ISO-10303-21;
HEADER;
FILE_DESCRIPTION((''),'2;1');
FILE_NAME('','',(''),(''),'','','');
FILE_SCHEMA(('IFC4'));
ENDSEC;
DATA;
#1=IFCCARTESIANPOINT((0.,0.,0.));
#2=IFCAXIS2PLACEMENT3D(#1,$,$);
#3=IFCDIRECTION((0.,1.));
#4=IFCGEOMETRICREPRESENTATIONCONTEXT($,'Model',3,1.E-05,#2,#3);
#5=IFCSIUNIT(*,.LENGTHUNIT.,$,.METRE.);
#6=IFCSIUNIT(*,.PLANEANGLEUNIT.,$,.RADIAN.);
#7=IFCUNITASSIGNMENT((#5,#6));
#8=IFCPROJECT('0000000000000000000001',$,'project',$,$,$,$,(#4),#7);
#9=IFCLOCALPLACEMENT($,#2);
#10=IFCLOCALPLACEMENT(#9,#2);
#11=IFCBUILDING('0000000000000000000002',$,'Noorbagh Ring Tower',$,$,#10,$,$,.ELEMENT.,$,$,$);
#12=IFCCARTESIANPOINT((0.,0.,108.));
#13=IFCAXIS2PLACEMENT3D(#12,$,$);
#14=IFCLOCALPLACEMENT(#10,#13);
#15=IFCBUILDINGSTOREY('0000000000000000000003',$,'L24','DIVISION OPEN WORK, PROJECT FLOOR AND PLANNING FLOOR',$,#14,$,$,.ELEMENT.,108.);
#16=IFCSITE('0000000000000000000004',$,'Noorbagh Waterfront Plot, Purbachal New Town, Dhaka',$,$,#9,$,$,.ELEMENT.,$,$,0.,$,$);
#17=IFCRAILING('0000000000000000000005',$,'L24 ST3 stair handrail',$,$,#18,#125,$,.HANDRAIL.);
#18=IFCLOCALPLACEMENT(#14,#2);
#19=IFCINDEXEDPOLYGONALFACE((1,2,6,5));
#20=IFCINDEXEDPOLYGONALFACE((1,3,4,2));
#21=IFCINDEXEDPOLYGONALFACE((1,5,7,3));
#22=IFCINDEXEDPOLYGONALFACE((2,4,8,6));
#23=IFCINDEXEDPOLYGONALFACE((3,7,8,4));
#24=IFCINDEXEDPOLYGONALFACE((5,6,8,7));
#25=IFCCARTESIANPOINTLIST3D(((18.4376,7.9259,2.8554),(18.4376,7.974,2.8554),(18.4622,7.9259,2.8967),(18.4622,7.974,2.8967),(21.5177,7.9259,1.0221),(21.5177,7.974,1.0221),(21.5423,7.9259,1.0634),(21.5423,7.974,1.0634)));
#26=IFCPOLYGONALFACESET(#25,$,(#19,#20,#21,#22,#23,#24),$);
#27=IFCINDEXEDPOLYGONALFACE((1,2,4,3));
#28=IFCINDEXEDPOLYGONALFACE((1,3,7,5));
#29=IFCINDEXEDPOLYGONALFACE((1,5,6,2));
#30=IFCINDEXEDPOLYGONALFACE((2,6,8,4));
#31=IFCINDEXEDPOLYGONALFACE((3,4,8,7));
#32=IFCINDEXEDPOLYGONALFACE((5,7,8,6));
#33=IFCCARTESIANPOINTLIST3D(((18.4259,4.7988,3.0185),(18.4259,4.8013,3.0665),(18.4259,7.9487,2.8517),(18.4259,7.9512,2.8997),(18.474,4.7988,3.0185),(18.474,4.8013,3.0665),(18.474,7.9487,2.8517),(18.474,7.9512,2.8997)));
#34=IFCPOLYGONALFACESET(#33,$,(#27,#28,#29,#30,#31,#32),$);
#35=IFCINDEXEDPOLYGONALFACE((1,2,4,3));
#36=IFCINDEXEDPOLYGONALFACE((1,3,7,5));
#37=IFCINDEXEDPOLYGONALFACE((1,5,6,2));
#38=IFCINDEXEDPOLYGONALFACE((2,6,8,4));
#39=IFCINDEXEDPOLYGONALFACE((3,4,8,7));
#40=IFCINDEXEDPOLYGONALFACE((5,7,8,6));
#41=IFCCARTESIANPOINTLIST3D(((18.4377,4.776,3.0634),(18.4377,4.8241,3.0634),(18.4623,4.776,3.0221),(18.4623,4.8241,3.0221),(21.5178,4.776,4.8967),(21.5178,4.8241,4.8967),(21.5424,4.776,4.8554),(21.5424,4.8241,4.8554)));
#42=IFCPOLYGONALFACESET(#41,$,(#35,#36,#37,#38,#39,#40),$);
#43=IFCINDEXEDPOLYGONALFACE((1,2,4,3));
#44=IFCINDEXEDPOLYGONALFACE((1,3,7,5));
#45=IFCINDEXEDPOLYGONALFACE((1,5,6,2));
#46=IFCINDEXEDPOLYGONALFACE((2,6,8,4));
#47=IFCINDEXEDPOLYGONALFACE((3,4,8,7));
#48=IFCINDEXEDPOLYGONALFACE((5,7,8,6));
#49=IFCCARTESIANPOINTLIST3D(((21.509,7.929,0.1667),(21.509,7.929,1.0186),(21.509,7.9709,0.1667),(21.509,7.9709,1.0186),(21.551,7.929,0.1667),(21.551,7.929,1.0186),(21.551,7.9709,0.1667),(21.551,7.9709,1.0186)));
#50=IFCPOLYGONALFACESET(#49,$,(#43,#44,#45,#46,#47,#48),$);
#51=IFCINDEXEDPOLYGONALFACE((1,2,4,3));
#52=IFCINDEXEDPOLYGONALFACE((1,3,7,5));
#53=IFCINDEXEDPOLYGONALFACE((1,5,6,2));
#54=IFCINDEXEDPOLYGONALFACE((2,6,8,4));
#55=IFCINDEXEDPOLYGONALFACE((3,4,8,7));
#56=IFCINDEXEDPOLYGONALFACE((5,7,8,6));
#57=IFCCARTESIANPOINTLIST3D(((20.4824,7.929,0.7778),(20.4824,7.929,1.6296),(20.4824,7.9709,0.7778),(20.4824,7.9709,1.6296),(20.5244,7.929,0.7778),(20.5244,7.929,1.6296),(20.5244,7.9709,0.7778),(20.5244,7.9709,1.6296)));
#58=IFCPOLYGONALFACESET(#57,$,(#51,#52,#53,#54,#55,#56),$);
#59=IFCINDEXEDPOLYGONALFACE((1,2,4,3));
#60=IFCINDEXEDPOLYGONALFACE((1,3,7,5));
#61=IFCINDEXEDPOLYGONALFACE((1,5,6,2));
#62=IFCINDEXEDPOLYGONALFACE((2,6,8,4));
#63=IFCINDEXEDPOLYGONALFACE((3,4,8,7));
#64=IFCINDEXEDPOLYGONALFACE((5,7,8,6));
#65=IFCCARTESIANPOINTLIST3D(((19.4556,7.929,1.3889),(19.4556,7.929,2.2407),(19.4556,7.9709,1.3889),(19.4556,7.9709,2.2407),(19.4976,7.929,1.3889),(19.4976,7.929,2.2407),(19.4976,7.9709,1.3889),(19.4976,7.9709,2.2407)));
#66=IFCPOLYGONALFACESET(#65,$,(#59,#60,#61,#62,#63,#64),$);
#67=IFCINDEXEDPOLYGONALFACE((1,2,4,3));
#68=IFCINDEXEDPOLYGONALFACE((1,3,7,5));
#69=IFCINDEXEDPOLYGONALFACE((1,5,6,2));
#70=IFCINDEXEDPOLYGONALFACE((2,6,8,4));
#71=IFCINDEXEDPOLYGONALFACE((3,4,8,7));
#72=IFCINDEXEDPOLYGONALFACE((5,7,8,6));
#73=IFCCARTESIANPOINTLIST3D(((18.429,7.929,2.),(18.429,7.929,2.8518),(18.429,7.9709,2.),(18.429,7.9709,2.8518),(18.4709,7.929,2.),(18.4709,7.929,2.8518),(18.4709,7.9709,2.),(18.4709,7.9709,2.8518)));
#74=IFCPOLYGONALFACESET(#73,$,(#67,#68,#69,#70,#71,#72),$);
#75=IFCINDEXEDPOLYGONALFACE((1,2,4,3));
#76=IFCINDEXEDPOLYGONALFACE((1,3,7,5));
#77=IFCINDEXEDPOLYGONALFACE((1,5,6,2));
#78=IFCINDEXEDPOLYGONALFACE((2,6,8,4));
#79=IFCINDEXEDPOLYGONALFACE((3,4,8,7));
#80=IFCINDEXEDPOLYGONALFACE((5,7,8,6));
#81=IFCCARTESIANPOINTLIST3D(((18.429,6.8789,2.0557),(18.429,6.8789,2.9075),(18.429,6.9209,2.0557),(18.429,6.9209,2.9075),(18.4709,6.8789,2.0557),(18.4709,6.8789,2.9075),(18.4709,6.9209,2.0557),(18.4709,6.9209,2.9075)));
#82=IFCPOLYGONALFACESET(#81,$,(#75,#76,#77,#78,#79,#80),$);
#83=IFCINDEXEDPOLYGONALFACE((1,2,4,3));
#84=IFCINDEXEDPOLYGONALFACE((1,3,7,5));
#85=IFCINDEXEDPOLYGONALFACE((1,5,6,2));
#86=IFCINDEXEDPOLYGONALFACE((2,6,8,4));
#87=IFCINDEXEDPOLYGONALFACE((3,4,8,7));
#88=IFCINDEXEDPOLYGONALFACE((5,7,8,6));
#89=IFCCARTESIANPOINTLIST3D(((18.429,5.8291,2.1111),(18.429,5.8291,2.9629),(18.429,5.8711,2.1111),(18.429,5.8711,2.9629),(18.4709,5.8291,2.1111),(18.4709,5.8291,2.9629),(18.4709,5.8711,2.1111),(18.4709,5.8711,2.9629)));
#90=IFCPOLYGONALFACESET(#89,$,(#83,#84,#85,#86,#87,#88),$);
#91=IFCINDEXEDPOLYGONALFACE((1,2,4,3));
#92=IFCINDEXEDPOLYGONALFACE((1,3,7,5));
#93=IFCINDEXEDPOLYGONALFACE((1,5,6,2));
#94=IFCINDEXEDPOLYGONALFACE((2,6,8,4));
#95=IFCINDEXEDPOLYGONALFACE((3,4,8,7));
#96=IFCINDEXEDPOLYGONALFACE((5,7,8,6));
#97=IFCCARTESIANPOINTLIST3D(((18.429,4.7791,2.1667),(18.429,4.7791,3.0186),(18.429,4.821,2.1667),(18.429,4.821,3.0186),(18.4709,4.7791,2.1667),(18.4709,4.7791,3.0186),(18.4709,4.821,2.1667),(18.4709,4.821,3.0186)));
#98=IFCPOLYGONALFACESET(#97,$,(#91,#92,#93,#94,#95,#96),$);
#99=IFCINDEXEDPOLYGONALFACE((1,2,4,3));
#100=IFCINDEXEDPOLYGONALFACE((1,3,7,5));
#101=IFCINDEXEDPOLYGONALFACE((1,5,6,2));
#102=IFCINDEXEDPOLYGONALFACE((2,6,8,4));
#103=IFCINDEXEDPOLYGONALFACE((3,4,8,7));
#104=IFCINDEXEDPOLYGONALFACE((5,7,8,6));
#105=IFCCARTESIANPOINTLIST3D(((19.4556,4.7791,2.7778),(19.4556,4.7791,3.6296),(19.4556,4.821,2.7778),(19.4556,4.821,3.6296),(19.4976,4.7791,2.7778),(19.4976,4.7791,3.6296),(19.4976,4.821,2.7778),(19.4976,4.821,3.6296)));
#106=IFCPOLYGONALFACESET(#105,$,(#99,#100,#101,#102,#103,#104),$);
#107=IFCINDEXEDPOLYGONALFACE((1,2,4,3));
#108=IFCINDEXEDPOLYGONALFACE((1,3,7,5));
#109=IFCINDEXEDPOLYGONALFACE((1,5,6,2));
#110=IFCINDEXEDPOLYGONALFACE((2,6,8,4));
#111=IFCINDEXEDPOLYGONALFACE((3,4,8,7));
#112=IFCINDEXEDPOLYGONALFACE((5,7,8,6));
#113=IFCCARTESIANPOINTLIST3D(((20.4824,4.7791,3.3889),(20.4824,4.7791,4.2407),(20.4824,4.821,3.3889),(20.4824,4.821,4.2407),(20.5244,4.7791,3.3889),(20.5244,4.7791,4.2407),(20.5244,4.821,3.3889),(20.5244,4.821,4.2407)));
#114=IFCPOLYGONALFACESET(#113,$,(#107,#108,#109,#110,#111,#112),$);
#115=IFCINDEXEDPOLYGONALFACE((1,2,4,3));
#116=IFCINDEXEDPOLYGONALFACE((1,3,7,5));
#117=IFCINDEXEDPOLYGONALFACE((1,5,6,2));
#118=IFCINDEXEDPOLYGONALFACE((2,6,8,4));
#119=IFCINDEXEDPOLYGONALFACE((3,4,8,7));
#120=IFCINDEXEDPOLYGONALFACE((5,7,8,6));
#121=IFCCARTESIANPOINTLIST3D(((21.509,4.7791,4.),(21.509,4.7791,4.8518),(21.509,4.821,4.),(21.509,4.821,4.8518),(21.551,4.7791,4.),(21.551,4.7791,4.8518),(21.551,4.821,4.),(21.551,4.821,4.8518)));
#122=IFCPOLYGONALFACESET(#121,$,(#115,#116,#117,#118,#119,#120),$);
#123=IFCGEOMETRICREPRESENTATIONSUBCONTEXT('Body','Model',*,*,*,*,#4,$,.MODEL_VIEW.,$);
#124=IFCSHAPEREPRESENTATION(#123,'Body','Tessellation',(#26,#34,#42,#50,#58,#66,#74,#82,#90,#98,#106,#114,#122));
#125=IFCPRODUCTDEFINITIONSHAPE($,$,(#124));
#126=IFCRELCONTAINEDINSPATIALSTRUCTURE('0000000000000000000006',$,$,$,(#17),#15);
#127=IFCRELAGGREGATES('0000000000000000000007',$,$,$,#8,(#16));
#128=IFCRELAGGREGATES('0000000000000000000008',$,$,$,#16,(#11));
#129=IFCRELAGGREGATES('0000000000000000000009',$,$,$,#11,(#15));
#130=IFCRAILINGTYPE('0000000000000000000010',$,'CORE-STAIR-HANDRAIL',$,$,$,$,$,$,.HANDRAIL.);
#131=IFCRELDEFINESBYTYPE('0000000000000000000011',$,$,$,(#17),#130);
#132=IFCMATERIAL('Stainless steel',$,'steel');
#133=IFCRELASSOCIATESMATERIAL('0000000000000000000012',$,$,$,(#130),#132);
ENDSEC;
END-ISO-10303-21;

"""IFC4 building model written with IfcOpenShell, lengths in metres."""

from ifc_helpers import new_model, si_unit, direction, frame, origin, origin_2d, place, context, subcontext, project, spatial, rectangle, extrude, material, type_object, element, save


model = new_model("IFC4")

# Units and contexts
model_context = context("Model", 3, precision=1e-05, world=origin(), true_north=direction((0.0, 1.0)))
body_context = subcontext(model_context, "Body", "Model", "MODEL_VIEW")
ifc_project = project(units=[si_unit("LENGTHUNIT", "METRE"), si_unit("PLANEANGLEUNIT", "RADIAN")], contexts=[model_context])

# Site, building, storey
site_placement = place(None, origin())
site = spatial("IfcSite", under=ifc_project, at=site_placement, Name="Noorbagh Waterfront Plot, Purbachal New Town, Dhaka", CompositionType="ELEMENT", RefElevation=0.0)
building_placement = place(site_placement, origin())
building = spatial("IfcBuilding", under=site, at=building_placement, Name="Noorbagh Ring Tower", CompositionType="ELEMENT")
storey_placement = place(building_placement, frame((0.0, 0.0, 108.0)))
storey = spatial("IfcBuildingStorey", under=building, at=storey_placement, Name="L24", Description="DIVISION OPEN WORK, PROJECT FLOOR AND PLANNING FLOOR", CompositionType="ELEMENT", Elevation=108.0)

# Railing
ifc_material_1 = material(Name="Stainless steel", Category="steel")
railing_type_1 = type_object("IfcRailingType", Name="CORE-STAIR-HANDRAIL", PredefinedType="HANDRAIL", material=ifc_material_1)
railing_1_placement = place(storey_placement, frame((21.53, 7.95, 0.1667)))
element("IfcRailing", 1, at=railing_1_placement, inside=storey, type_object=railing_type_1, Name="L24 ST3 stair handrail", PredefinedType="HANDRAIL", context=body_context, shape_type="SweptSolid", body=[
    extrude(rectangle(XDim=0.0481, YDim=0.0481, at=origin_2d()), frame((0.0, 0.0, 0.876), z_axis=(-0.859309, 0.0, 0.511458), x_axis=(0.0, -1.0, 0.0)), (0.0, 0.0, 1.0), 3.5845),
    extrude(rectangle(XDim=0.0481, YDim=0.0481, at=origin_2d()), frame((-3.0801, 0.0, 2.709), z_axis=(0.0, -0.998602, 0.052864), x_axis=(1.0, 0.0, 0.0)), (0.0, 0.0, 1.0), 3.1543),
    extrude(rectangle(XDim=0.0481, YDim=0.0481, at=origin_2d()), frame((-3.0801, -3.1499, 2.876), z_axis=(0.859309, 0.0, 0.511458), x_axis=(0.0, 1.0, 0.0)), (0.0, 0.0, 1.0), 3.5845),
    extrude(rectangle(XDim=0.042, YDim=0.042, at=origin_2d()), origin(), (0.0, 0.0, 1.0), 0.8518),
    extrude(rectangle(XDim=0.042, YDim=0.042, at=origin_2d()), frame((-1.0266, 0.0, 0.6111)), (0.0, 0.0, 1.0), 0.8518),
    extrude(rectangle(XDim=0.042, YDim=0.042, at=origin_2d()), frame((-2.0535, 0.0, 1.2222)), (0.0, 0.0, 1.0), 0.8518),
    extrude(rectangle(XDim=0.042, YDim=0.042, at=origin_2d()), frame((-3.0801, 0.0, 1.8333)), (0.0, 0.0, 1.0), 0.8518),
    extrude(rectangle(XDim=0.042, YDim=0.042, at=origin_2d()), frame((-3.0801, -1.05, 1.8889)), (0.0, 0.0, 1.0), 0.8518),
    extrude(rectangle(XDim=0.042, YDim=0.042, at=origin_2d()), frame((-3.0801, -2.0999, 1.9443)), (0.0, 0.0, 1.0), 0.8518),
    extrude(rectangle(XDim=0.042, YDim=0.042, at=origin_2d()), frame((-3.0801, -3.1499, 2.0)), (0.0, 0.0, 1.0), 0.8518),
    extrude(rectangle(XDim=0.042, YDim=0.042, at=origin_2d()), frame((-2.0535, -3.1499, 2.6111)), (0.0, 0.0, 1.0), 0.8518),
    extrude(rectangle(XDim=0.042, YDim=0.042, at=origin_2d()), frame((-1.0266, -3.1499, 3.2222)), (0.0, 0.0, 1.0), 0.8518),
    extrude(rectangle(XDim=0.042, YDim=0.042, at=origin_2d()), frame((0.0, -3.1499, 3.8333)), (0.0, 0.0, 1.0), 0.8518),
])

save(model, "model.ifc")
